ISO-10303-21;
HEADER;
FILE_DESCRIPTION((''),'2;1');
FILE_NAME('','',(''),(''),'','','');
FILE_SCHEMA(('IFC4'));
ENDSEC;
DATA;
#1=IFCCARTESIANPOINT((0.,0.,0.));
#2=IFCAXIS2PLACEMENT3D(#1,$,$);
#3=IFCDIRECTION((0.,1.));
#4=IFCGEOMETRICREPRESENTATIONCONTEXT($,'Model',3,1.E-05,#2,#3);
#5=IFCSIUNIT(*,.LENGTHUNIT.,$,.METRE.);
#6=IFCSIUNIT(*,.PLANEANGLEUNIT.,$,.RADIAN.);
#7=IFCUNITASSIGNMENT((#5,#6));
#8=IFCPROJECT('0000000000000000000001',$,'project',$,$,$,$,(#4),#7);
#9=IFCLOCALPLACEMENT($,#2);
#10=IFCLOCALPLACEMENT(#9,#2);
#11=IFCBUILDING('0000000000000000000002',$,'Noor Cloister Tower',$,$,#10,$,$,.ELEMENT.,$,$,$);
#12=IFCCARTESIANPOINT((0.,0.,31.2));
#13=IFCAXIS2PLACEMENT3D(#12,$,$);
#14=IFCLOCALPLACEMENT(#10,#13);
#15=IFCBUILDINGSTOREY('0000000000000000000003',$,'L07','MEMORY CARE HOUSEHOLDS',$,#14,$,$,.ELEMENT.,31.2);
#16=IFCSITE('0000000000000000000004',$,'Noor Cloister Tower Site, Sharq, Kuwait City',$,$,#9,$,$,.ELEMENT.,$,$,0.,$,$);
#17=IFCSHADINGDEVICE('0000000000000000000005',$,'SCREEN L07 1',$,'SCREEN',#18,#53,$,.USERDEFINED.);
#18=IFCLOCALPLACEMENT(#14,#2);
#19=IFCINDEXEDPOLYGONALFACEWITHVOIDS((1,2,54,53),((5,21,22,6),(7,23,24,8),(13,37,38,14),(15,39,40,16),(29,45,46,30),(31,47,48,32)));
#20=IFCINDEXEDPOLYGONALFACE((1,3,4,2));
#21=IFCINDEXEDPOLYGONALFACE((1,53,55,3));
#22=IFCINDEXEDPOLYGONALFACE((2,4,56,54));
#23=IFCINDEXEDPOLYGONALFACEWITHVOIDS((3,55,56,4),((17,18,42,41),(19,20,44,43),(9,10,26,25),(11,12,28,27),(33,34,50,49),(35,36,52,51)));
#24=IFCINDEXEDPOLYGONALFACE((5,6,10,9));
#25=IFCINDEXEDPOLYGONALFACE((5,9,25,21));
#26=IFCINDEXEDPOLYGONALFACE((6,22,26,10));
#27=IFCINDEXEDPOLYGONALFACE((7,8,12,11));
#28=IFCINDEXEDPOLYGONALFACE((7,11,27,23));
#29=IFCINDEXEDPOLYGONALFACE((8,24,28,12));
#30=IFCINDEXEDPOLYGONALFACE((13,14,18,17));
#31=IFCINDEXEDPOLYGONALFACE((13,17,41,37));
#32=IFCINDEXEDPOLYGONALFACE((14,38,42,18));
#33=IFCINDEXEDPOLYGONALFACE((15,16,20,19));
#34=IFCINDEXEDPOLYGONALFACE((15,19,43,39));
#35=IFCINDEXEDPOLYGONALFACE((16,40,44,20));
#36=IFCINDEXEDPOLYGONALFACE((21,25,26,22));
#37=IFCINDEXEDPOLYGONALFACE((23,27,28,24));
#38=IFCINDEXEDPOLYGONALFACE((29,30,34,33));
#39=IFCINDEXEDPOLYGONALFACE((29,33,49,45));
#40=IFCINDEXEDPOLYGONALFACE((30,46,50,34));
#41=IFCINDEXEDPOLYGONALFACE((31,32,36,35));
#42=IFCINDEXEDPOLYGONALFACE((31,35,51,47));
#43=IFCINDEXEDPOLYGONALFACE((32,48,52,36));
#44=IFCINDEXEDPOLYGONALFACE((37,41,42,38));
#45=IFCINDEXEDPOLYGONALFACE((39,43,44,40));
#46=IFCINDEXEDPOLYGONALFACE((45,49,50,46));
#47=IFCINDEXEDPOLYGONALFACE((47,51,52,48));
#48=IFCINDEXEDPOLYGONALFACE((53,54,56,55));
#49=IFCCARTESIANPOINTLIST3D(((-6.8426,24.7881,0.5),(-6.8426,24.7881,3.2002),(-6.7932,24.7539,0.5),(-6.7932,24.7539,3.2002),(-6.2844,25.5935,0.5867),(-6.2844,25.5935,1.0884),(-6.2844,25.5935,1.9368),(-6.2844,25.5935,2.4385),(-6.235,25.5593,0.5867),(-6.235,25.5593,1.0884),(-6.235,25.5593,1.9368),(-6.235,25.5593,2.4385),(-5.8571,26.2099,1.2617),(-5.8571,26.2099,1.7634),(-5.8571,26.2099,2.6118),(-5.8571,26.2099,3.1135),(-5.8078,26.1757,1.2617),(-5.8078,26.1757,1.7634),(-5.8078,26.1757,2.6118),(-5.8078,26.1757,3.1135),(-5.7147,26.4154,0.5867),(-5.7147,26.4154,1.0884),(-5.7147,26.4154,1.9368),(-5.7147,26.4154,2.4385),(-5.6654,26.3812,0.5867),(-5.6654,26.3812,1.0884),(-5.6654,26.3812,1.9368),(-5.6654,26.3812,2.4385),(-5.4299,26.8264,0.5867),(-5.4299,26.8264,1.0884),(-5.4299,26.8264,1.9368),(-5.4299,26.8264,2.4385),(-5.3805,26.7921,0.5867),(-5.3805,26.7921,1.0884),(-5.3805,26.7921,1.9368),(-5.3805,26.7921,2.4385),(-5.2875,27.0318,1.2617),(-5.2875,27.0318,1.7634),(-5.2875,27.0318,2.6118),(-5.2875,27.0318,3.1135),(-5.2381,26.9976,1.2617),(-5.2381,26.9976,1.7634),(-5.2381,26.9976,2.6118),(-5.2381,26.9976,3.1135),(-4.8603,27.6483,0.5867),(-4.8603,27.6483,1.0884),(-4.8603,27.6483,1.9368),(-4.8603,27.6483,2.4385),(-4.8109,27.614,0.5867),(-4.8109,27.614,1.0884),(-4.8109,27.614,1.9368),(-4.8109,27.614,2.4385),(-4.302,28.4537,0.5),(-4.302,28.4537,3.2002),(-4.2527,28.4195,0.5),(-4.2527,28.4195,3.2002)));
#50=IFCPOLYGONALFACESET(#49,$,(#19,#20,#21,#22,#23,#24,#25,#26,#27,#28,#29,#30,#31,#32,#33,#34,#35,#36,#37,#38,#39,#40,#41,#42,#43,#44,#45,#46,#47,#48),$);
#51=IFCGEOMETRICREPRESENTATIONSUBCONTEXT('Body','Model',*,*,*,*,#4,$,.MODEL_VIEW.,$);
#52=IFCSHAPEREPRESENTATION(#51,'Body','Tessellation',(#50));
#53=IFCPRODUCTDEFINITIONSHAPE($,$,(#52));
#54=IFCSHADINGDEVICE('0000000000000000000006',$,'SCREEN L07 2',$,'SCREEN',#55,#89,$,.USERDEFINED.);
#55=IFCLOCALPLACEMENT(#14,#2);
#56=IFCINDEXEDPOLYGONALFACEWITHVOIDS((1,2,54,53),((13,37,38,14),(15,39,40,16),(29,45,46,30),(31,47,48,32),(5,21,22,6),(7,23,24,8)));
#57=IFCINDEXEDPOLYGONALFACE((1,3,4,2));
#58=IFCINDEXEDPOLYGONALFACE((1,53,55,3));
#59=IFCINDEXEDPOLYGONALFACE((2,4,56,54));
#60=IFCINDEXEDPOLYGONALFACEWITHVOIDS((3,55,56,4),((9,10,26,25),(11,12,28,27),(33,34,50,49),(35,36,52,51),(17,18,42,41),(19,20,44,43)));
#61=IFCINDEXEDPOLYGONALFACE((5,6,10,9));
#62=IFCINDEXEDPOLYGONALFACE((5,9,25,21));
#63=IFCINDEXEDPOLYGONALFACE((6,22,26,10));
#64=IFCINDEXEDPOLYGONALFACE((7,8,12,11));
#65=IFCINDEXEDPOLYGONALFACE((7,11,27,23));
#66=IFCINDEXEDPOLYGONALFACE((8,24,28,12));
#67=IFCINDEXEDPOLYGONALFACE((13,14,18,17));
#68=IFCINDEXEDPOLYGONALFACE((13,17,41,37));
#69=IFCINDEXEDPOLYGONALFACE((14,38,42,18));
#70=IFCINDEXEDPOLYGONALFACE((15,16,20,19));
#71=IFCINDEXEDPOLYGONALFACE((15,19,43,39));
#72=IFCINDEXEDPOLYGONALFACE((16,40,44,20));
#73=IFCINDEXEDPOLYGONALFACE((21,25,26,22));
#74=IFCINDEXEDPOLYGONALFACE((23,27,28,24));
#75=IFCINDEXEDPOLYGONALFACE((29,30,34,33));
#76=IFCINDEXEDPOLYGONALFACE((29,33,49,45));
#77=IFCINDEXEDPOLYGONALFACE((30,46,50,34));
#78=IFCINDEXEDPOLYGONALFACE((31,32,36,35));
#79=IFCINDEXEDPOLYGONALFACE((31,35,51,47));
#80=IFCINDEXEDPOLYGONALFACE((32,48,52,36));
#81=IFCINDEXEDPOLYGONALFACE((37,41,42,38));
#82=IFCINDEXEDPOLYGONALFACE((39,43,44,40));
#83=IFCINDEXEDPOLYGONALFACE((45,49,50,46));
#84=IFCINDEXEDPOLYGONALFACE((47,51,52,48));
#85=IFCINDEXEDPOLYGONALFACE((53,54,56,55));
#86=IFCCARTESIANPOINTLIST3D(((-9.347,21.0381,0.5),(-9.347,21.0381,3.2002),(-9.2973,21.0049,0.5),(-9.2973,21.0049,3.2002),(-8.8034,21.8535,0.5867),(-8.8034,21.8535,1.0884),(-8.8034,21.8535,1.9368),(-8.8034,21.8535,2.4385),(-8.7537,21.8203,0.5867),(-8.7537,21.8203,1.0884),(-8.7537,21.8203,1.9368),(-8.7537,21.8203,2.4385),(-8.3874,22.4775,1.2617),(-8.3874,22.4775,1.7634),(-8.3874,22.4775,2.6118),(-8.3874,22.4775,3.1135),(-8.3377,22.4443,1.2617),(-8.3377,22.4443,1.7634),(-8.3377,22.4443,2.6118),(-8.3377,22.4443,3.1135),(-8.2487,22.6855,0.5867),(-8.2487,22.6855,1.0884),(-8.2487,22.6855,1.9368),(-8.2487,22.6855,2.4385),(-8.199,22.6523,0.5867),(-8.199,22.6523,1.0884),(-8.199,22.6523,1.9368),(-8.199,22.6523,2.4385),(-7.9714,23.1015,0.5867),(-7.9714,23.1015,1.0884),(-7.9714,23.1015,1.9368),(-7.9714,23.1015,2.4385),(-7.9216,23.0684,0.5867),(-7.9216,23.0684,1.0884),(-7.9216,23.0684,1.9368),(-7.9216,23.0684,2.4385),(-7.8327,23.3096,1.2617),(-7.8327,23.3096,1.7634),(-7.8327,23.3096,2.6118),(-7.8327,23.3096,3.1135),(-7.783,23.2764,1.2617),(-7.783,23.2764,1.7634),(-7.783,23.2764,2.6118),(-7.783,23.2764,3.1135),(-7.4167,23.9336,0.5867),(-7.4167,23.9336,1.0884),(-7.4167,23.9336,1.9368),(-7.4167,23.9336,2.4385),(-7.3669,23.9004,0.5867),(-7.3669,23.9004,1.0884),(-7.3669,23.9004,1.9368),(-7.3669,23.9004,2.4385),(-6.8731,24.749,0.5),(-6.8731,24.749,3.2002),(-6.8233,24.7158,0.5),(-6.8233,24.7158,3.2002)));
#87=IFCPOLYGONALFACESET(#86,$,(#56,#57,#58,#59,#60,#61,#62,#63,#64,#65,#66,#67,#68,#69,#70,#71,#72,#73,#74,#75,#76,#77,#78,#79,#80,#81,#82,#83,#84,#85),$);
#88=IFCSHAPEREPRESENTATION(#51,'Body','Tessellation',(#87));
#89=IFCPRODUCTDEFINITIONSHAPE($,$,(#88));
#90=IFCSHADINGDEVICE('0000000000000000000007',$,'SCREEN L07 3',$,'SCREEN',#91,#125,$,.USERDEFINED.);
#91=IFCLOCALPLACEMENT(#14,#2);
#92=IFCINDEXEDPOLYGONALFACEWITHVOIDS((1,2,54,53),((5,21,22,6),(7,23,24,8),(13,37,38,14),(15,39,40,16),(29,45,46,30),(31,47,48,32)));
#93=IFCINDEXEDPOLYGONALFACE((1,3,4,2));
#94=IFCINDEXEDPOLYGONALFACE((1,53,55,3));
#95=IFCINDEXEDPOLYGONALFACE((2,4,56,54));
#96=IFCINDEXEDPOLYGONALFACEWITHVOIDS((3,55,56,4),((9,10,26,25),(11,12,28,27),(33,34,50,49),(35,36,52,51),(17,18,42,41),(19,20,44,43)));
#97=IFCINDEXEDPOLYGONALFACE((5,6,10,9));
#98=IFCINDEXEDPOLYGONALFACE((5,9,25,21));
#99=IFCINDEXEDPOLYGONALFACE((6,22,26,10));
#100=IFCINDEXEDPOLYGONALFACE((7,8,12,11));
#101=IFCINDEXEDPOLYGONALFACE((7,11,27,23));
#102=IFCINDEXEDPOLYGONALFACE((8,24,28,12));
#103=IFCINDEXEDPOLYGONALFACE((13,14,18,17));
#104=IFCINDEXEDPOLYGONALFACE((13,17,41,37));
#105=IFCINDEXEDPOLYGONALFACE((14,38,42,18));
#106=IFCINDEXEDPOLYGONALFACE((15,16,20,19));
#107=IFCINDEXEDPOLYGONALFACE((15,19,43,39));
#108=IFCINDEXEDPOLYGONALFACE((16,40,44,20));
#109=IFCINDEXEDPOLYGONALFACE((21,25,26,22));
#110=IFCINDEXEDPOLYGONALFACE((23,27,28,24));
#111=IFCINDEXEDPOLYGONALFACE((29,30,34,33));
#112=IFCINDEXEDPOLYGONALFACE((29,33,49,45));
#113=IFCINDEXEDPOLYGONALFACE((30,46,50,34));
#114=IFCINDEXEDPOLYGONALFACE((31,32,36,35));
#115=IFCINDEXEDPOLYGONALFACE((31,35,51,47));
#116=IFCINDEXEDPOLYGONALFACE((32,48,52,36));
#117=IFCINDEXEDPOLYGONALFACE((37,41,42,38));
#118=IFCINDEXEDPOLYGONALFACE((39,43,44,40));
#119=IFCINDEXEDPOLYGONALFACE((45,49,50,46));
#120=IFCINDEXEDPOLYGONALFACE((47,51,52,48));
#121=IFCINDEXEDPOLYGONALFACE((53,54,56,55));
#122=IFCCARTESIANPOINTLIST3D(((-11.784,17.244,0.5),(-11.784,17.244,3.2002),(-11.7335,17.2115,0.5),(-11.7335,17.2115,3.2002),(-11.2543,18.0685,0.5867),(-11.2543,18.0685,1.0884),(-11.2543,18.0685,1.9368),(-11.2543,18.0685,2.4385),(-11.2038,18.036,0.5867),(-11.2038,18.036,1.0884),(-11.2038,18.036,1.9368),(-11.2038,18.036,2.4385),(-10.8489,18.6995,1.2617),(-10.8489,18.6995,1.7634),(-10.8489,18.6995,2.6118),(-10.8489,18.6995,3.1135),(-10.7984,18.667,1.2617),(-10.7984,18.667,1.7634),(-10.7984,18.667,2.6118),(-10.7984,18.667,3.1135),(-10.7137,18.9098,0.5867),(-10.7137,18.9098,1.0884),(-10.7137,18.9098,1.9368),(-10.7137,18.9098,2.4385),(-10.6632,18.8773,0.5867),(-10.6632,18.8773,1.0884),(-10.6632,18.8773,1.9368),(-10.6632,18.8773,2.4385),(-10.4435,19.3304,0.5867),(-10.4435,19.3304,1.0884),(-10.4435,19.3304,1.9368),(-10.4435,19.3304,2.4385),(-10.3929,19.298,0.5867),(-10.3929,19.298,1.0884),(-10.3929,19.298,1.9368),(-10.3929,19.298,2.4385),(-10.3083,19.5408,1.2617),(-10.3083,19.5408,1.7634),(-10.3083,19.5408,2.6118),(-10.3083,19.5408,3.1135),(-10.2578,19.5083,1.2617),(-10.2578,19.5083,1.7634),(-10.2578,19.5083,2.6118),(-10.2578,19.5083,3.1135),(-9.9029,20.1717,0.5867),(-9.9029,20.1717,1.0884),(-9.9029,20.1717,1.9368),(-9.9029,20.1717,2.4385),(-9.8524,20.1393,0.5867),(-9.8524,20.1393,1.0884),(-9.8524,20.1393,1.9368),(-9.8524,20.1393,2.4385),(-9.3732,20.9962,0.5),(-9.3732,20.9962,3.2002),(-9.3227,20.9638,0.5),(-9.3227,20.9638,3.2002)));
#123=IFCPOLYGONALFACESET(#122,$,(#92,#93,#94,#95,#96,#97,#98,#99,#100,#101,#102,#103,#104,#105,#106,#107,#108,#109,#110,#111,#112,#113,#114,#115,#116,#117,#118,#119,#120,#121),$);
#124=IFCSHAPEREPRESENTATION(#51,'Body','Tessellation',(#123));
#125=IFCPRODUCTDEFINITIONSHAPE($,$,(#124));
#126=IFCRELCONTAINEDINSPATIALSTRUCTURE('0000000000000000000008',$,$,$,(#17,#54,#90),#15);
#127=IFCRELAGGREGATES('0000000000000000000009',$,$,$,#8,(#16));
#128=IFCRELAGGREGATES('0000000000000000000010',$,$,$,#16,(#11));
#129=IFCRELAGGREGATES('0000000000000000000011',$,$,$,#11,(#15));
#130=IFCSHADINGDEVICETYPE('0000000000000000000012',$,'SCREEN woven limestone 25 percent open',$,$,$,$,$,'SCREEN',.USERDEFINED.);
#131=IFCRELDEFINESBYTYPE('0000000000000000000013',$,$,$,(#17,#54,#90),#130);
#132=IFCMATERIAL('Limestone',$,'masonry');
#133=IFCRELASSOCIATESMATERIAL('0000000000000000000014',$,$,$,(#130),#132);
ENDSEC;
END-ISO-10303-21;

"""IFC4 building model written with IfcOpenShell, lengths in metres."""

from ifc_helpers import new_model, si_unit, direction, frame, origin, place, context, subcontext, project, spatial, polyline, outline, extrude, material, material_profile, profile_set, type_object, element, save


model = new_model("IFC4")

# Units and contexts
model_context = context("Model", 3, precision=1e-05, world=origin(), true_north=direction((0.0, 1.0)))
body_context = subcontext(model_context, "Body", "Model", "MODEL_VIEW")
ifc_project = project(units=[si_unit("LENGTHUNIT", "METRE"), si_unit("PLANEANGLEUNIT", "RADIAN")], contexts=[model_context])

# Site, building, storey
site_placement = place(None, origin())
site = spatial("IfcSite", under=ifc_project, at=site_placement, Name="Noor Cloister Tower Site, Sharq, Kuwait City", CompositionType="ELEMENT", RefElevation=0.0)
building_placement = place(site_placement, origin())
building = spatial("IfcBuilding", under=site, at=building_placement, Name="Noor Cloister Tower", CompositionType="ELEMENT")
storey_placement = place(building_placement, frame((0.0, 0.0, 31.2)))
storey = spatial("IfcBuildingStorey", under=building, at=storey_placement, Name="L07", Description="MEMORY CARE HOUSEHOLDS", CompositionType="ELEMENT", Elevation=31.2)

# Shading devices
ifc_material_1 = material(Name="Limestone", Category="masonry")
ifc_material_profile_1 = material_profile(ifc_material_1, outline(polyline([(-2.23, -1.3501), (2.23, -1.3501), (2.23, 1.3501), (-2.23, 1.3501), (-2.23, -1.3501)]), holes=[polyline([(-1.25, -1.2634), (-0.25, -1.2634), (-0.25, -0.7617), (-1.25, -0.7617), (-1.25, -1.2634)]), polyline([(0.25, -1.2634), (1.25, -1.2634), (1.25, -0.7617), (0.25, -0.7617), (0.25, -1.2634)]), polyline([(-0.5, -0.5884), (0.5, -0.5884), (0.5, -0.0867), (-0.5, -0.0867), (-0.5, -0.5884)]), polyline([(-1.25, 0.0867), (-0.25, 0.0867), (-0.25, 0.5884), (-1.25, 0.5884), (-1.25, 0.0867)]), polyline([(0.25, 0.0867), (1.25, 0.0867), (1.25, 0.5884), (0.25, 0.5884), (0.25, 0.0867)]), polyline([(-0.5, 0.7617), (0.5, 0.7617), (0.5, 1.2634), (-0.5, 1.2634), (-0.5, 0.7617)])]), Name="Woven screen 25 percent open")
ifc_profile_set_1 = profile_set([ifc_material_profile_1], Name="Limestone")
shading_device_type = type_object("IfcShadingDeviceType", Name="SCREEN woven limestone 25 percent open", ElementType="SCREEN", PredefinedType="USERDEFINED", material=ifc_profile_set_1)
shading_device_1_placement = place(storey_placement, frame((-5.5229, 26.5867, 1.8501), z_axis=(-0.821899, 0.569633, 0.0), x_axis=(-0.569633, -0.821899, 0.0)))
element("IfcShadingDevice", 1, at=shading_device_1_placement, inside=storey, type_object=shading_device_type, Name="SCREEN L07 1", ObjectType="SCREEN", PredefinedType="USERDEFINED", context=body_context, shape_type="SweptSolid", body=[
    extrude(outline(polyline([(-2.23, -1.3501), (2.23, -1.3501), (2.23, 1.3501), (-2.23, 1.3501), (-2.23, -1.3501)]), holes=[polyline([(-1.25, -1.2634), (-0.25, -1.2634), (-0.25, -0.7617), (-1.25, -0.7617), (-1.25, -1.2634)]), polyline([(0.25, -1.2634), (1.25, -1.2634), (1.25, -0.7617), (0.25, -0.7617), (0.25, -1.2634)]), polyline([(-0.5, -0.5884), (0.5, -0.5884), (0.5, -0.0867), (-0.5, -0.0867), (-0.5, -0.5884)]), polyline([(-1.25, 0.0867), (-0.25, 0.0867), (-0.25, 0.5884), (-1.25, 0.5884), (-1.25, 0.0867)]), polyline([(0.25, 0.0867), (1.25, 0.0867), (1.25, 0.5884), (0.25, 0.5884), (0.25, 0.0867)]), polyline([(-0.5, 0.7617), (0.5, 0.7617), (0.5, 1.2634), (-0.5, 1.2634), (-0.5, 0.7617)])]), origin(), (0.0, 0.0, 1.0), 0.0601),
])
shading_device_2_placement = place(storey_placement, frame((-8.0603, 22.8604, 1.8501), z_axis=(-0.83205, 0.5547, 0.0), x_axis=(-0.5547, -0.83205, 0.0)))
element("IfcShadingDevice", 2, at=shading_device_2_placement, inside=storey, type_object=shading_device_type, Name="SCREEN L07 2", ObjectType="SCREEN", PredefinedType="USERDEFINED", context=body_context, shape_type="SweptSolid", body=[
    extrude(outline(polyline([(-2.23, -1.3501), (2.23, -1.3501), (2.23, 1.3501), (-2.23, 1.3501), (-2.23, -1.3501)]), holes=[polyline([(-1.25, -1.2634), (-0.25, -1.2634), (-0.25, -0.7617), (-1.25, -0.7617), (-1.25, -1.2634)]), polyline([(0.25, -1.2634), (1.25, -1.2634), (1.25, -0.7617), (0.25, -0.7617), (0.25, -1.2634)]), polyline([(-0.5, -0.5884), (0.5, -0.5884), (0.5, -0.0867), (-0.5, -0.0867), (-0.5, -0.5884)]), polyline([(-1.25, 0.0867), (-0.25, 0.0867), (-0.25, 0.5884), (-1.25, 0.5884), (-1.25, 0.0867)]), polyline([(0.25, 0.0867), (1.25, 0.0867), (1.25, 0.5884), (0.25, 0.5884), (0.25, 0.0867)]), polyline([(-0.5, 0.7617), (0.5, 0.7617), (0.5, 1.2634), (-0.5, 1.2634), (-0.5, 0.7617)])]), origin(), (0.0, 0.0, 1.0), 0.0598),
])
shading_device_3_placement = place(storey_placement, frame((-10.5281, 19.0876, 1.8501), z_axis=(-0.841311, 0.540552, 0.0), x_axis=(-0.540552, -0.841311, 0.0)))
element("IfcShadingDevice", 3, at=shading_device_3_placement, inside=storey, type_object=shading_device_type, Name="SCREEN L07 3", ObjectType="SCREEN", PredefinedType="USERDEFINED", context=body_context, shape_type="SweptSolid", body=[
    extrude(outline(polyline([(-2.23, -1.3501), (2.23, -1.3501), (2.23, 1.3501), (-2.23, 1.3501), (-2.23, -1.3501)]), holes=[polyline([(-1.25, -1.2634), (-0.25, -1.2634), (-0.25, -0.7617), (-1.25, -0.7617), (-1.25, -1.2634)]), polyline([(0.25, -1.2634), (1.25, -1.2634), (1.25, -0.7617), (0.25, -0.7617), (0.25, -1.2634)]), polyline([(-0.5, -0.5884), (0.5, -0.5884), (0.5, -0.0867), (-0.5, -0.0867), (-0.5, -0.5884)]), polyline([(-1.25, 0.0867), (-0.25, 0.0867), (-0.25, 0.5884), (-1.25, 0.5884), (-1.25, 0.0867)]), polyline([(0.25, 0.0867), (1.25, 0.0867), (1.25, 0.5884), (0.25, 0.5884), (0.25, 0.0867)]), polyline([(-0.5, 0.7617), (0.5, 0.7617), (0.5, 1.2634), (-0.5, 1.2634), (-0.5, 0.7617)])]), origin(), (0.0, 0.0, 1.0), 0.0601),
])

save(model, "model.ifc")
